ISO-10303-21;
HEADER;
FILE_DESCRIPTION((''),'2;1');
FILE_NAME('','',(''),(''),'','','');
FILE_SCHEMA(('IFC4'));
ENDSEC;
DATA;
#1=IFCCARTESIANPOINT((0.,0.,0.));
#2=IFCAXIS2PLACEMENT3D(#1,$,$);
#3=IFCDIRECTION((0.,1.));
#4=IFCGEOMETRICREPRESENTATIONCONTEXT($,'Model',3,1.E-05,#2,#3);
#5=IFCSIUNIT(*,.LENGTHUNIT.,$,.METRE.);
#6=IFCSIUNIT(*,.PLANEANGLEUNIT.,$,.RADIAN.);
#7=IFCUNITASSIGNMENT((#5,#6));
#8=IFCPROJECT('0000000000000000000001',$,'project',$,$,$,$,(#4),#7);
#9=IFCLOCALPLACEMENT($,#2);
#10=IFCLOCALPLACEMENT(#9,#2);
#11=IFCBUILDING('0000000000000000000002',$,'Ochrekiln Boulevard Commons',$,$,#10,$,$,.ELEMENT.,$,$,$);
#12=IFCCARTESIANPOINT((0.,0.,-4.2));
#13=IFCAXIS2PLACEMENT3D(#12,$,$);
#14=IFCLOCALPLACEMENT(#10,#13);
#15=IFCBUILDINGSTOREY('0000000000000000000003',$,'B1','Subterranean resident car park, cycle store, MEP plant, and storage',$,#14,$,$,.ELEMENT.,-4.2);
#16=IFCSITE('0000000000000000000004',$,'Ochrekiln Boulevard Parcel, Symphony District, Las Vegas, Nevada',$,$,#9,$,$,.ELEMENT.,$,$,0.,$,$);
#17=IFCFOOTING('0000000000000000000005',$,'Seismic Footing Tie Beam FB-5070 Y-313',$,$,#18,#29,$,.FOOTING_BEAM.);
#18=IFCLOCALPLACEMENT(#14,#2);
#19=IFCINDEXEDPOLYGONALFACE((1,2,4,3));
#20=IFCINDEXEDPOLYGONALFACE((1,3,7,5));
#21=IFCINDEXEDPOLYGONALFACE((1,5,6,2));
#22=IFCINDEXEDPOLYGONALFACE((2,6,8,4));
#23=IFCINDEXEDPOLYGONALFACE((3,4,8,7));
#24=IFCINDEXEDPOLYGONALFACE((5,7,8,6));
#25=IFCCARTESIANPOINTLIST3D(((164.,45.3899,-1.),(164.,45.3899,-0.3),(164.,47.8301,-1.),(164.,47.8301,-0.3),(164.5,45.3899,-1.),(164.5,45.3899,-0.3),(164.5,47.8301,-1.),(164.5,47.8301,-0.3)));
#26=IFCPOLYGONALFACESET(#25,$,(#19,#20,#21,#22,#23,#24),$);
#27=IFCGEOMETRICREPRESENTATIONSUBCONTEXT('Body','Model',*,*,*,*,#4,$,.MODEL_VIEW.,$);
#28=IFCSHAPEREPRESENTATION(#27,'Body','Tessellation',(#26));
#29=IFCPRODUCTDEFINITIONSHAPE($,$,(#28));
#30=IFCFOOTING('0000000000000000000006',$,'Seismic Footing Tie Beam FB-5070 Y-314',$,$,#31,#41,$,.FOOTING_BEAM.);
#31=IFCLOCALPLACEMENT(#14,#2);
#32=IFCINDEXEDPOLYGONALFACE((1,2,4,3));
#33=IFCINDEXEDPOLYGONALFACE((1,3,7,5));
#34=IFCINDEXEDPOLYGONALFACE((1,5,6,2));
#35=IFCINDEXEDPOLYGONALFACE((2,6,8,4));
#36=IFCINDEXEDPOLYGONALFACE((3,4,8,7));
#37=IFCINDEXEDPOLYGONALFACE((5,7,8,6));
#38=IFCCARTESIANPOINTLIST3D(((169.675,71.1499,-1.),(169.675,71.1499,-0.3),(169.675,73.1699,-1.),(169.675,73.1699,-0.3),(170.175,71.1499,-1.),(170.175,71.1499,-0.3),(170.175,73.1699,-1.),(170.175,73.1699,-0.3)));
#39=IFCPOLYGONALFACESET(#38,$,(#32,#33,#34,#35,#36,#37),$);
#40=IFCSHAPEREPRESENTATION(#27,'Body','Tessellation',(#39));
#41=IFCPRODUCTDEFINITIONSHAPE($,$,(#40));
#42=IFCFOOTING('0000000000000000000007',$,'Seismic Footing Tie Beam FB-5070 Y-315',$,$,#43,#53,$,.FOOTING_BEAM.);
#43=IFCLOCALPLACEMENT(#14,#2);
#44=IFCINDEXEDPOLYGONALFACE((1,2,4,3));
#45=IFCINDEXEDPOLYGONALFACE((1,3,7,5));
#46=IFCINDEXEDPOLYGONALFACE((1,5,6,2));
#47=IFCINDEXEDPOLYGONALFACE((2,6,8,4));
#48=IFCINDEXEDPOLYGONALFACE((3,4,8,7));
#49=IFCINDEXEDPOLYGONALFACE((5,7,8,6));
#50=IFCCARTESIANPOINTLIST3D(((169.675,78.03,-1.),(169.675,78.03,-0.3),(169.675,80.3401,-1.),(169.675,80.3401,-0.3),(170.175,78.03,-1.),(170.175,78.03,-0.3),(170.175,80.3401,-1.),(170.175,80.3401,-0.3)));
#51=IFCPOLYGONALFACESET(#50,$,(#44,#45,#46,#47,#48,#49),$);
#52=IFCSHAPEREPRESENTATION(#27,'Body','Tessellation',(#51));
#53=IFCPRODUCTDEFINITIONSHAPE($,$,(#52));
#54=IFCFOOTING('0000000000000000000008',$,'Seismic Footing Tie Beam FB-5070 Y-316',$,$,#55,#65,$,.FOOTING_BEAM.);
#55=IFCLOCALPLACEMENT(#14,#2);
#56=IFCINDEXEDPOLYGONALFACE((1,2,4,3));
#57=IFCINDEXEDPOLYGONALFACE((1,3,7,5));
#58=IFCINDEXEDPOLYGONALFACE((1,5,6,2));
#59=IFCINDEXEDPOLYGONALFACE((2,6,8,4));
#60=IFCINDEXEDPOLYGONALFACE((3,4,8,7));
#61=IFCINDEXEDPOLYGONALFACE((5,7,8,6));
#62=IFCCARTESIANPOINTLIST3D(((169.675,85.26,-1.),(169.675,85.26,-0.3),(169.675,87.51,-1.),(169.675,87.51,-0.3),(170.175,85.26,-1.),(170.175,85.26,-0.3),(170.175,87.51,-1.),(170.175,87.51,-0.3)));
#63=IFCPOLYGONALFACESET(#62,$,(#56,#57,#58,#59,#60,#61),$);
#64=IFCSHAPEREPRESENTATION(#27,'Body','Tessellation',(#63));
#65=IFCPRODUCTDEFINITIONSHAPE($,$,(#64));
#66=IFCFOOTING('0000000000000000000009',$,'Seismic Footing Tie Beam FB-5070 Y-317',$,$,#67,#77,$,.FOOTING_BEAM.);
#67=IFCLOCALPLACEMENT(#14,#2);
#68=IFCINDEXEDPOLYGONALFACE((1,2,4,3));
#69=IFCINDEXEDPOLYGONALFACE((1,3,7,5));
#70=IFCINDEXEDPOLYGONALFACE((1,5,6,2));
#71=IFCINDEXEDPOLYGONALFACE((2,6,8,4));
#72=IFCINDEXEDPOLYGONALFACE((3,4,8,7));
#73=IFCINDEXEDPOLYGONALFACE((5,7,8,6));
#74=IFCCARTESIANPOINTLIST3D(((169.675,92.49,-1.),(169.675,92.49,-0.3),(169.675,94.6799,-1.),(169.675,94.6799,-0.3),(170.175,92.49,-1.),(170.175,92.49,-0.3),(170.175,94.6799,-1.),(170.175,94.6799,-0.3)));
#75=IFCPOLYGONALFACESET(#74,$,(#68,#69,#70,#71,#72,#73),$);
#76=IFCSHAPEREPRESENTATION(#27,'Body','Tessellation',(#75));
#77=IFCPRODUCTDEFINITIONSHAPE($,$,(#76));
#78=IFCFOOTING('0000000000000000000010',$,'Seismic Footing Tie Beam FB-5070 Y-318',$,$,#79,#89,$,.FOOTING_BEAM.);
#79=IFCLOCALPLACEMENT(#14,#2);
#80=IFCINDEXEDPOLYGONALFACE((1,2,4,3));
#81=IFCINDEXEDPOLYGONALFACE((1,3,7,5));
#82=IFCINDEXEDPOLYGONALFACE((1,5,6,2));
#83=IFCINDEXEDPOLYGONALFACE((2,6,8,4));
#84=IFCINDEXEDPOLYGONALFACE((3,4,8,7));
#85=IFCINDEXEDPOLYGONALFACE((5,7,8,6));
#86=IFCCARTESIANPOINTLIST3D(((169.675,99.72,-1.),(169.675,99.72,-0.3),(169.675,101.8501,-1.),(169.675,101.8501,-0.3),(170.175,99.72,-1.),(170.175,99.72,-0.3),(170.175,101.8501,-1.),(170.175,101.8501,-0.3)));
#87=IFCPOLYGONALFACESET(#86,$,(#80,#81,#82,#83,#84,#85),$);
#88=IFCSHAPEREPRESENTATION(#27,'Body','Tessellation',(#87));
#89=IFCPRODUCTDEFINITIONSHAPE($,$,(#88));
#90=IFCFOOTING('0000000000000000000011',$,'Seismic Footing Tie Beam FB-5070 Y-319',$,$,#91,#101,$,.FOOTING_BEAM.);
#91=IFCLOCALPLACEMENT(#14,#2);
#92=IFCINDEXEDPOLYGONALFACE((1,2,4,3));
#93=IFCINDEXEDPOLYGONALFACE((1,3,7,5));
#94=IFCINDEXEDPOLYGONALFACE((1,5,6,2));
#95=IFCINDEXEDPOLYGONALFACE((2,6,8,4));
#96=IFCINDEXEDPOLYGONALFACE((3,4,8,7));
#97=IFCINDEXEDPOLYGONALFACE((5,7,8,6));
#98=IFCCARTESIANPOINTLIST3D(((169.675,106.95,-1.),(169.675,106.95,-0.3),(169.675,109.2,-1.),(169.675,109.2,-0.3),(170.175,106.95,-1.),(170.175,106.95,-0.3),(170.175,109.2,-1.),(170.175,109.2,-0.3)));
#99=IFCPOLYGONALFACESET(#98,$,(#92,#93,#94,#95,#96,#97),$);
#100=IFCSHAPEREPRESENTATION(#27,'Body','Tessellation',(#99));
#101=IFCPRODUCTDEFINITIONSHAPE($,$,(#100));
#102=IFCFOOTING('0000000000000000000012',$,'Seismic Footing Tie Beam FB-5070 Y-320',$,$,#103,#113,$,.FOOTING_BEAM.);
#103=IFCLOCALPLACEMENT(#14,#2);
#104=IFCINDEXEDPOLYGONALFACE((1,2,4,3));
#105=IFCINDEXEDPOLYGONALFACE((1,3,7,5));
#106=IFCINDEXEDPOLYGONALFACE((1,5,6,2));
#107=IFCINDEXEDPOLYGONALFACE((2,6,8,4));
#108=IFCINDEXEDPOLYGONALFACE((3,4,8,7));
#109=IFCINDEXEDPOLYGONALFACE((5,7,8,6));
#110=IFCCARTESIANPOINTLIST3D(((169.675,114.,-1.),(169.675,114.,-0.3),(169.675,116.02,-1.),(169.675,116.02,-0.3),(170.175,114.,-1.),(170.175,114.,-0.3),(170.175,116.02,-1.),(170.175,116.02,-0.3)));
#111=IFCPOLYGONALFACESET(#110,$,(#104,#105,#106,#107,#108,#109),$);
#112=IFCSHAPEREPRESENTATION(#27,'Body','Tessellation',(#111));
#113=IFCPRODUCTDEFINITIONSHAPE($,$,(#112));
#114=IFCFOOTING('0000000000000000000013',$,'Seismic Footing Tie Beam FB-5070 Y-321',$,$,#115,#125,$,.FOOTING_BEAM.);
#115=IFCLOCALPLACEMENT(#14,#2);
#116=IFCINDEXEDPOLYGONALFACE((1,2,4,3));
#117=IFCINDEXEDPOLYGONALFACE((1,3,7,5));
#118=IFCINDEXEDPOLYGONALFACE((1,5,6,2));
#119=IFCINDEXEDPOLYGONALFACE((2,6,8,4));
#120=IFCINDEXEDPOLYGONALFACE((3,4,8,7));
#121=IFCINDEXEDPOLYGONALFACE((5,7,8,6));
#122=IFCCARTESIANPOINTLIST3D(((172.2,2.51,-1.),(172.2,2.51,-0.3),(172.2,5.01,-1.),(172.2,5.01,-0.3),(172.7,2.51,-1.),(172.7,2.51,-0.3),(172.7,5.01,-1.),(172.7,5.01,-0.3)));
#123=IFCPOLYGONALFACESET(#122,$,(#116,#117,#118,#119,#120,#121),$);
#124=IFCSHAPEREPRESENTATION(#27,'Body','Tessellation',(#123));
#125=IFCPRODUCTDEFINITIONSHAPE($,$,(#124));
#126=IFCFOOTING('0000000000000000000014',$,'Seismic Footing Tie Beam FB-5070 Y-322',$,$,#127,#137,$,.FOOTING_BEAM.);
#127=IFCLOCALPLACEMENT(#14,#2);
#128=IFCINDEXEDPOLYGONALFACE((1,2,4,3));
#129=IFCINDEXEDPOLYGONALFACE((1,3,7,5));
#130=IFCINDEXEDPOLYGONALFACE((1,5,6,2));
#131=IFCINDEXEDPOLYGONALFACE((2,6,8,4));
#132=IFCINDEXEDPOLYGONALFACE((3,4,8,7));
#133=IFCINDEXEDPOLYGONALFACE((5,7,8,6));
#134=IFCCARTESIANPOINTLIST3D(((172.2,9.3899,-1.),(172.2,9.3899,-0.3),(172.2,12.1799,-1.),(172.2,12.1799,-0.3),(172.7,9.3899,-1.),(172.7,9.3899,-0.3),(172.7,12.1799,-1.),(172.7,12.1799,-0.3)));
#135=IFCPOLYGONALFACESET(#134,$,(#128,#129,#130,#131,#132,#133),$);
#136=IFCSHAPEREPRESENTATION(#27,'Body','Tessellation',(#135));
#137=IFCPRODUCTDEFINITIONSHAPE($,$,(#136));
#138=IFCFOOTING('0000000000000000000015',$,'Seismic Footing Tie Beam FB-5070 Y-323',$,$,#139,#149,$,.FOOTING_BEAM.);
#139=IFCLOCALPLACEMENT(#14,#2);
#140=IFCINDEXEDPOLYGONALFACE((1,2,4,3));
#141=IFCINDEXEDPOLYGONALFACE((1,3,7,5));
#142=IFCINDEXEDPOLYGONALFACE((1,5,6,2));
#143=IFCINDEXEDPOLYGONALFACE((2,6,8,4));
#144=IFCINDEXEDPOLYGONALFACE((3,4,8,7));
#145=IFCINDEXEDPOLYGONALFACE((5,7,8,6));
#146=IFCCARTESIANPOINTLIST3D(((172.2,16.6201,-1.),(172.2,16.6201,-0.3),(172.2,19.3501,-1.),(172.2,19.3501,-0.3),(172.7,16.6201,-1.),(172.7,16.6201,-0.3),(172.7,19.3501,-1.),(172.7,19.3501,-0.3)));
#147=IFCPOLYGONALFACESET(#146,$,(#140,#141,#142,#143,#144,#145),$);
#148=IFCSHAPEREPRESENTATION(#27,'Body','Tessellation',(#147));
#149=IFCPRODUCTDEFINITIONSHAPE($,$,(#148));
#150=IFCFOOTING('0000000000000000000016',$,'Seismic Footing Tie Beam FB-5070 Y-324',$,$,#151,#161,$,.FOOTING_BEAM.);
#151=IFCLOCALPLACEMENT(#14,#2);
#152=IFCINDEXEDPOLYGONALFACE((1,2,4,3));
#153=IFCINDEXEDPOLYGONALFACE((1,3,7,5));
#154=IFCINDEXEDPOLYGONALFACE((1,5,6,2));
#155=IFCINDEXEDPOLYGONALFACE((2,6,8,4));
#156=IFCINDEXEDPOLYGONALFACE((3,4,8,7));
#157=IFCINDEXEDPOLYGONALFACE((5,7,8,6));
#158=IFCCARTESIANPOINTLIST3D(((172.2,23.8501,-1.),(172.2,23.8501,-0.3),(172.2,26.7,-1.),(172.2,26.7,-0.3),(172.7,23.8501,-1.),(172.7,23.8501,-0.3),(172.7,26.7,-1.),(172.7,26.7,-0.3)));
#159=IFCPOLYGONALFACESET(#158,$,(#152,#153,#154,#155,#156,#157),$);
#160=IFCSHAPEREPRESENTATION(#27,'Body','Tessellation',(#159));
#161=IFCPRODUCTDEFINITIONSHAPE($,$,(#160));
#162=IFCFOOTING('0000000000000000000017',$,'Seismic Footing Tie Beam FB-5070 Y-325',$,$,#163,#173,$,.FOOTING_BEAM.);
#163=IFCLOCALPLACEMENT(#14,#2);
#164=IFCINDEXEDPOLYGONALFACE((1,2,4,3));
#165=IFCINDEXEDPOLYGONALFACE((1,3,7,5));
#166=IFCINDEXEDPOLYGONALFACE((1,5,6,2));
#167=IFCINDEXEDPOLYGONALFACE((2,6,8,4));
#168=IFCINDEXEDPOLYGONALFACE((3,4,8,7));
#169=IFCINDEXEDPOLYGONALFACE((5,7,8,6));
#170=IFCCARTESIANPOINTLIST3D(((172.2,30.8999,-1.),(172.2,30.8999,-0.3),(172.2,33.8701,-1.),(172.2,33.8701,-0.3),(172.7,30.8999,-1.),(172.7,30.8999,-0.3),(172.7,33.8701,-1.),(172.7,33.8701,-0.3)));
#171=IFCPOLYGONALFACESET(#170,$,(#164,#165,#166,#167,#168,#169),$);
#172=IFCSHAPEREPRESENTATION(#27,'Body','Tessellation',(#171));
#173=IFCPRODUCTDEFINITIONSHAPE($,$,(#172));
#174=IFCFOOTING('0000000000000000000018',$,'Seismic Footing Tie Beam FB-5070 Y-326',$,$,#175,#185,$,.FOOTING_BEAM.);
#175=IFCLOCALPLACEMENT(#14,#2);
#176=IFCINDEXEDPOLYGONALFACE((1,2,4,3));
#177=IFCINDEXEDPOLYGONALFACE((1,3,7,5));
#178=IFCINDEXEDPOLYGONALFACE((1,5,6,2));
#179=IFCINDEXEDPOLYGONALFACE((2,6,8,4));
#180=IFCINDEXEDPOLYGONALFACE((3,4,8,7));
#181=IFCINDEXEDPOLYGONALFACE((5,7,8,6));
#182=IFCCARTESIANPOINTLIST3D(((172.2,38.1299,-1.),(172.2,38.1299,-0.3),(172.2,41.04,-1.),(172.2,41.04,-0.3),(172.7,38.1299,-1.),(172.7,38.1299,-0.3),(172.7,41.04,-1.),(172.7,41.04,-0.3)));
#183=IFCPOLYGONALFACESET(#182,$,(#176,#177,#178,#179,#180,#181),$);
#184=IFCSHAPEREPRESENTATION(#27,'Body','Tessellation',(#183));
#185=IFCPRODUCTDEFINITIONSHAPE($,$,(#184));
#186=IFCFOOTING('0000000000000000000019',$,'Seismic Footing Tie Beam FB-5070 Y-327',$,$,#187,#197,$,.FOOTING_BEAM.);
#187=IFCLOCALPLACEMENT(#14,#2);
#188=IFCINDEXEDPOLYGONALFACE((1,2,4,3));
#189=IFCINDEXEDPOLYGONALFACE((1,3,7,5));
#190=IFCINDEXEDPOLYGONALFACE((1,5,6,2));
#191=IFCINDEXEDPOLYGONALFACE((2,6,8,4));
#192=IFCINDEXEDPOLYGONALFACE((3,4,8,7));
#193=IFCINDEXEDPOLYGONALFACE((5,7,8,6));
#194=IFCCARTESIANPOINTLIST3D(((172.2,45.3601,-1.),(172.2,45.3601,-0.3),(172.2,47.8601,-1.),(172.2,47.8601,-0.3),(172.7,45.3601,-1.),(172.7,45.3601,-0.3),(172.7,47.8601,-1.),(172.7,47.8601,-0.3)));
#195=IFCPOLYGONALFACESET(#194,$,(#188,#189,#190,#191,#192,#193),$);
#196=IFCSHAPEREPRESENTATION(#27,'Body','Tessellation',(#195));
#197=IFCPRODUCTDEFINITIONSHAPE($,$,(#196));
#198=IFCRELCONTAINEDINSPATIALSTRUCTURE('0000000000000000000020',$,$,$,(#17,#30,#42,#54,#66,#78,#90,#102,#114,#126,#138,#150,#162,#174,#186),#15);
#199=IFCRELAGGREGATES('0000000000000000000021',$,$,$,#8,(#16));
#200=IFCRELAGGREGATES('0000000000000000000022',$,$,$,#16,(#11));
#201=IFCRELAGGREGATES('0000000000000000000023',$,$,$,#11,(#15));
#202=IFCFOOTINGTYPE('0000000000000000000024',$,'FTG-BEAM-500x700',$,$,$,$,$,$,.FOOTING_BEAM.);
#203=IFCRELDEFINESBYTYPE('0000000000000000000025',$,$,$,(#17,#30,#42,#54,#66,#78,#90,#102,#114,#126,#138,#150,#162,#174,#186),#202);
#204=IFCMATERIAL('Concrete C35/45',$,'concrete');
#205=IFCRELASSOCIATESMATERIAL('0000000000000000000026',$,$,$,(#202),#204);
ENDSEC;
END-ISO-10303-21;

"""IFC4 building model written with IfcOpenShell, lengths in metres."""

from ifc_helpers import new_model, si_unit, direction, frame, origin, place, context, subcontext, project, spatial, polyline, outline, extrude, material, type_object, element, save


model = new_model("IFC4")

# Units and contexts
model_context = context("Model", 3, precision=1e-05, world=origin(), true_north=direction((0.0, 1.0)))
body_context = subcontext(model_context, "Body", "Model", "MODEL_VIEW")
ifc_project = project(units=[si_unit("LENGTHUNIT", "METRE"), si_unit("PLANEANGLEUNIT", "RADIAN")], contexts=[model_context])

# Site, building, storey
site_placement = place(None, origin())
site = spatial("IfcSite", under=ifc_project, at=site_placement, Name="Ochrekiln Boulevard Parcel, Symphony District, Las Vegas, Nevada", CompositionType="ELEMENT", RefElevation=0.0)
building_placement = place(site_placement, origin())
building = spatial("IfcBuilding", under=site, at=building_placement, Name="Ochrekiln Boulevard Commons", CompositionType="ELEMENT")
storey_placement = place(building_placement, frame((0.0, 0.0, -4.2)))
storey = spatial("IfcBuildingStorey", under=building, at=storey_placement, Name="B1", Description="Subterranean resident car park, cycle store, MEP plant, and storage", CompositionType="ELEMENT", Elevation=-4.2)

# Footings
ifc_material = material(Name="Concrete C35/45", Category="concrete")
footing_type_1 = type_object("IfcFootingType", Name="FTG-BEAM-500x700", PredefinedType="FOOTING_BEAM", material=ifc_material)
footing_1_placement = place(storey_placement, frame((0.0, 0.0, -1.0)))
element("IfcFooting", 1, at=footing_1_placement, inside=storey, type_object=footing_type_1, Name="Seismic Footing Tie Beam FB-5070 Y-313", PredefinedType="FOOTING_BEAM", context=body_context, shape_type="SweptSolid", body=[
    extrude(outline(polyline([(164.0, 45.3899), (164.5, 45.3899), (164.5, 47.8301), (164.0, 47.8301), (164.0, 45.3899)])), origin(), (0.0, 0.0, 1.0), 0.7),
])
footing_2_placement = place(storey_placement, frame((0.0, 0.0, -1.0)))
element("IfcFooting", 2, at=footing_2_placement, inside=storey, type_object=footing_type_1, Name="Seismic Footing Tie Beam FB-5070 Y-314", PredefinedType="FOOTING_BEAM", context=body_context, shape_type="SweptSolid", body=[
    extrude(outline(polyline([(169.675, 71.1499), (170.175, 71.1499), (170.175, 73.1699), (169.675, 73.1699), (169.675, 71.1499)])), origin(), (0.0, 0.0, 1.0), 0.7),
])
footing_3_placement = place(storey_placement, frame((0.0, 0.0, -1.0)))
element("IfcFooting", 3, at=footing_3_placement, inside=storey, type_object=footing_type_1, Name="Seismic Footing Tie Beam FB-5070 Y-315", PredefinedType="FOOTING_BEAM", context=body_context, shape_type="SweptSolid", body=[
    extrude(outline(polyline([(169.675, 78.03), (170.175, 78.03), (170.175, 80.3401), (169.675, 80.3401), (169.675, 78.03)])), origin(), (0.0, 0.0, 1.0), 0.7),
])
footing_4_placement = place(storey_placement, frame((0.0, 0.0, -1.0)))
element("IfcFooting", 4, at=footing_4_placement, inside=storey, type_object=footing_type_1, Name="Seismic Footing Tie Beam FB-5070 Y-316", PredefinedType="FOOTING_BEAM", context=body_context, shape_type="SweptSolid", body=[
    extrude(outline(polyline([(169.675, 85.26), (170.175, 85.26), (170.175, 87.51), (169.675, 87.51), (169.675, 85.26)])), origin(), (0.0, 0.0, 1.0), 0.7),
])
footing_5_placement = place(storey_placement, frame((0.0, 0.0, -1.0)))
element("IfcFooting", 5, at=footing_5_placement, inside=storey, type_object=footing_type_1, Name="Seismic Footing Tie Beam FB-5070 Y-317", PredefinedType="FOOTING_BEAM", context=body_context, shape_type="SweptSolid", body=[
    extrude(outline(polyline([(169.675, 92.49), (170.175, 92.49), (170.175, 94.6799), (169.675, 94.6799), (169.675, 92.49)])), origin(), (0.0, 0.0, 1.0), 0.7),
])
footing_6_placement = place(storey_placement, frame((0.0, 0.0, -1.0)))
element("IfcFooting", 6, at=footing_6_placement, inside=storey, type_object=footing_type_1, Name="Seismic Footing Tie Beam FB-5070 Y-318", PredefinedType="FOOTING_BEAM", context=body_context, shape_type="SweptSolid", body=[
    extrude(outline(polyline([(169.675, 99.72), (170.175, 99.72), (170.175, 101.8501), (169.675, 101.8501), (169.675, 99.72)])), origin(), (0.0, 0.0, 1.0), 0.7),
])
footing_7_placement = place(storey_placement, frame((0.0, 0.0, -1.0)))
element("IfcFooting", 7, at=footing_7_placement, inside=storey, type_object=footing_type_1, Name="Seismic Footing Tie Beam FB-5070 Y-319", PredefinedType="FOOTING_BEAM", context=body_context, shape_type="SweptSolid", body=[
    extrude(outline(polyline([(169.675, 106.95), (170.175, 106.95), (170.175, 109.2), (169.675, 109.2), (169.675, 106.95)])), origin(), (0.0, 0.0, 1.0), 0.7),
])
footing_8_placement = place(storey_placement, frame((0.0, 0.0, -1.0)))
element("IfcFooting", 8, at=footing_8_placement, inside=storey, type_object=footing_type_1, Name="Seismic Footing Tie Beam FB-5070 Y-320", PredefinedType="FOOTING_BEAM", context=body_context, shape_type="SweptSolid", body=[
    extrude(outline(polyline([(169.675, 114.0), (170.175, 114.0), (170.175, 116.02), (169.675, 116.02), (169.675, 114.0)])), origin(), (0.0, 0.0, 1.0), 0.7),
])
footing_9_placement = place(storey_placement, frame((0.0, 0.0, -1.0)))
element("IfcFooting", 9, at=footing_9_placement, inside=storey, type_object=footing_type_1, Name="Seismic Footing Tie Beam FB-5070 Y-321", PredefinedType="FOOTING_BEAM", context=body_context, shape_type="SweptSolid", body=[
    extrude(outline(polyline([(172.2, 2.51), (172.7, 2.51), (172.7, 5.01), (172.2, 5.01), (172.2, 2.51)])), origin(), (0.0, 0.0, 1.0), 0.7),
])
footing_10_placement = place(storey_placement, frame((0.0, 0.0, -1.0)))
element("IfcFooting", 10, at=footing_10_placement, inside=storey, type_object=footing_type_1, Name="Seismic Footing Tie Beam FB-5070 Y-322", PredefinedType="FOOTING_BEAM", context=body_context, shape_type="SweptSolid", body=[
    extrude(outline(polyline([(172.2, 9.3899), (172.7, 9.3899), (172.7, 12.1799), (172.2, 12.1799), (172.2, 9.3899)])), origin(), (0.0, 0.0, 1.0), 0.7),
])
footing_11_placement = place(storey_placement, frame((0.0, 0.0, -1.0)))
element("IfcFooting", 11, at=footing_11_placement, inside=storey, type_object=footing_type_1, Name="Seismic Footing Tie Beam FB-5070 Y-323", PredefinedType="FOOTING_BEAM", context=body_context, shape_type="SweptSolid", body=[
    extrude(outline(polyline([(172.2, 16.6201), (172.7, 16.6201), (172.7, 19.3501), (172.2, 19.3501), (172.2, 16.6201)])), origin(), (0.0, 0.0, 1.0), 0.7),
])
footing_12_placement = place(storey_placement, frame((0.0, 0.0, -1.0)))
element("IfcFooting", 12, at=footing_12_placement, inside=storey, type_object=footing_type_1, Name="Seismic Footing Tie Beam FB-5070 Y-324", PredefinedType="FOOTING_BEAM", context=body_context, shape_type="SweptSolid", body=[
    extrude(outline(polyline([(172.2, 23.8501), (172.7, 23.8501), (172.7, 26.7), (172.2, 26.7), (172.2, 23.8501)])), origin(), (0.0, 0.0, 1.0), 0.7),
])
footing_13_placement = place(storey_placement, frame((0.0, 0.0, -1.0)))
element("IfcFooting", 13, at=footing_13_placement, inside=storey, type_object=footing_type_1, Name="Seismic Footing Tie Beam FB-5070 Y-325", PredefinedType="FOOTING_BEAM", context=body_context, shape_type="SweptSolid", body=[
    extrude(outline(polyline([(172.2, 30.8999), (172.7, 30.8999), (172.7, 33.8701), (172.2, 33.8701), (172.2, 30.8999)])), origin(), (0.0, 0.0, 1.0), 0.7),
])
footing_14_placement = place(storey_placement, frame((0.0, 0.0, -1.0)))
element("IfcFooting", 14, at=footing_14_placement, inside=storey, type_object=footing_type_1, Name="Seismic Footing Tie Beam FB-5070 Y-326", PredefinedType="FOOTING_BEAM", context=body_context, shape_type="SweptSolid", body=[
    extrude(outline(polyline([(172.2, 38.1299), (172.7, 38.1299), (172.7, 41.04), (172.2, 41.04), (172.2, 38.1299)])), origin(), (0.0, 0.0, 1.0), 0.7),
])
footing_15_placement = place(storey_placement, frame((0.0, 0.0, -1.0)))
element("IfcFooting", 15, at=footing_15_placement, inside=storey, type_object=footing_type_1, Name="Seismic Footing Tie Beam FB-5070 Y-327", PredefinedType="FOOTING_BEAM", context=body_context, shape_type="SweptSolid", body=[
    extrude(outline(polyline([(172.2, 45.3601), (172.7, 45.3601), (172.7, 47.8601), (172.2, 47.8601), (172.2, 45.3601)])), origin(), (0.0, 0.0, 1.0), 0.7),
])

save(model, "model.ifc")
